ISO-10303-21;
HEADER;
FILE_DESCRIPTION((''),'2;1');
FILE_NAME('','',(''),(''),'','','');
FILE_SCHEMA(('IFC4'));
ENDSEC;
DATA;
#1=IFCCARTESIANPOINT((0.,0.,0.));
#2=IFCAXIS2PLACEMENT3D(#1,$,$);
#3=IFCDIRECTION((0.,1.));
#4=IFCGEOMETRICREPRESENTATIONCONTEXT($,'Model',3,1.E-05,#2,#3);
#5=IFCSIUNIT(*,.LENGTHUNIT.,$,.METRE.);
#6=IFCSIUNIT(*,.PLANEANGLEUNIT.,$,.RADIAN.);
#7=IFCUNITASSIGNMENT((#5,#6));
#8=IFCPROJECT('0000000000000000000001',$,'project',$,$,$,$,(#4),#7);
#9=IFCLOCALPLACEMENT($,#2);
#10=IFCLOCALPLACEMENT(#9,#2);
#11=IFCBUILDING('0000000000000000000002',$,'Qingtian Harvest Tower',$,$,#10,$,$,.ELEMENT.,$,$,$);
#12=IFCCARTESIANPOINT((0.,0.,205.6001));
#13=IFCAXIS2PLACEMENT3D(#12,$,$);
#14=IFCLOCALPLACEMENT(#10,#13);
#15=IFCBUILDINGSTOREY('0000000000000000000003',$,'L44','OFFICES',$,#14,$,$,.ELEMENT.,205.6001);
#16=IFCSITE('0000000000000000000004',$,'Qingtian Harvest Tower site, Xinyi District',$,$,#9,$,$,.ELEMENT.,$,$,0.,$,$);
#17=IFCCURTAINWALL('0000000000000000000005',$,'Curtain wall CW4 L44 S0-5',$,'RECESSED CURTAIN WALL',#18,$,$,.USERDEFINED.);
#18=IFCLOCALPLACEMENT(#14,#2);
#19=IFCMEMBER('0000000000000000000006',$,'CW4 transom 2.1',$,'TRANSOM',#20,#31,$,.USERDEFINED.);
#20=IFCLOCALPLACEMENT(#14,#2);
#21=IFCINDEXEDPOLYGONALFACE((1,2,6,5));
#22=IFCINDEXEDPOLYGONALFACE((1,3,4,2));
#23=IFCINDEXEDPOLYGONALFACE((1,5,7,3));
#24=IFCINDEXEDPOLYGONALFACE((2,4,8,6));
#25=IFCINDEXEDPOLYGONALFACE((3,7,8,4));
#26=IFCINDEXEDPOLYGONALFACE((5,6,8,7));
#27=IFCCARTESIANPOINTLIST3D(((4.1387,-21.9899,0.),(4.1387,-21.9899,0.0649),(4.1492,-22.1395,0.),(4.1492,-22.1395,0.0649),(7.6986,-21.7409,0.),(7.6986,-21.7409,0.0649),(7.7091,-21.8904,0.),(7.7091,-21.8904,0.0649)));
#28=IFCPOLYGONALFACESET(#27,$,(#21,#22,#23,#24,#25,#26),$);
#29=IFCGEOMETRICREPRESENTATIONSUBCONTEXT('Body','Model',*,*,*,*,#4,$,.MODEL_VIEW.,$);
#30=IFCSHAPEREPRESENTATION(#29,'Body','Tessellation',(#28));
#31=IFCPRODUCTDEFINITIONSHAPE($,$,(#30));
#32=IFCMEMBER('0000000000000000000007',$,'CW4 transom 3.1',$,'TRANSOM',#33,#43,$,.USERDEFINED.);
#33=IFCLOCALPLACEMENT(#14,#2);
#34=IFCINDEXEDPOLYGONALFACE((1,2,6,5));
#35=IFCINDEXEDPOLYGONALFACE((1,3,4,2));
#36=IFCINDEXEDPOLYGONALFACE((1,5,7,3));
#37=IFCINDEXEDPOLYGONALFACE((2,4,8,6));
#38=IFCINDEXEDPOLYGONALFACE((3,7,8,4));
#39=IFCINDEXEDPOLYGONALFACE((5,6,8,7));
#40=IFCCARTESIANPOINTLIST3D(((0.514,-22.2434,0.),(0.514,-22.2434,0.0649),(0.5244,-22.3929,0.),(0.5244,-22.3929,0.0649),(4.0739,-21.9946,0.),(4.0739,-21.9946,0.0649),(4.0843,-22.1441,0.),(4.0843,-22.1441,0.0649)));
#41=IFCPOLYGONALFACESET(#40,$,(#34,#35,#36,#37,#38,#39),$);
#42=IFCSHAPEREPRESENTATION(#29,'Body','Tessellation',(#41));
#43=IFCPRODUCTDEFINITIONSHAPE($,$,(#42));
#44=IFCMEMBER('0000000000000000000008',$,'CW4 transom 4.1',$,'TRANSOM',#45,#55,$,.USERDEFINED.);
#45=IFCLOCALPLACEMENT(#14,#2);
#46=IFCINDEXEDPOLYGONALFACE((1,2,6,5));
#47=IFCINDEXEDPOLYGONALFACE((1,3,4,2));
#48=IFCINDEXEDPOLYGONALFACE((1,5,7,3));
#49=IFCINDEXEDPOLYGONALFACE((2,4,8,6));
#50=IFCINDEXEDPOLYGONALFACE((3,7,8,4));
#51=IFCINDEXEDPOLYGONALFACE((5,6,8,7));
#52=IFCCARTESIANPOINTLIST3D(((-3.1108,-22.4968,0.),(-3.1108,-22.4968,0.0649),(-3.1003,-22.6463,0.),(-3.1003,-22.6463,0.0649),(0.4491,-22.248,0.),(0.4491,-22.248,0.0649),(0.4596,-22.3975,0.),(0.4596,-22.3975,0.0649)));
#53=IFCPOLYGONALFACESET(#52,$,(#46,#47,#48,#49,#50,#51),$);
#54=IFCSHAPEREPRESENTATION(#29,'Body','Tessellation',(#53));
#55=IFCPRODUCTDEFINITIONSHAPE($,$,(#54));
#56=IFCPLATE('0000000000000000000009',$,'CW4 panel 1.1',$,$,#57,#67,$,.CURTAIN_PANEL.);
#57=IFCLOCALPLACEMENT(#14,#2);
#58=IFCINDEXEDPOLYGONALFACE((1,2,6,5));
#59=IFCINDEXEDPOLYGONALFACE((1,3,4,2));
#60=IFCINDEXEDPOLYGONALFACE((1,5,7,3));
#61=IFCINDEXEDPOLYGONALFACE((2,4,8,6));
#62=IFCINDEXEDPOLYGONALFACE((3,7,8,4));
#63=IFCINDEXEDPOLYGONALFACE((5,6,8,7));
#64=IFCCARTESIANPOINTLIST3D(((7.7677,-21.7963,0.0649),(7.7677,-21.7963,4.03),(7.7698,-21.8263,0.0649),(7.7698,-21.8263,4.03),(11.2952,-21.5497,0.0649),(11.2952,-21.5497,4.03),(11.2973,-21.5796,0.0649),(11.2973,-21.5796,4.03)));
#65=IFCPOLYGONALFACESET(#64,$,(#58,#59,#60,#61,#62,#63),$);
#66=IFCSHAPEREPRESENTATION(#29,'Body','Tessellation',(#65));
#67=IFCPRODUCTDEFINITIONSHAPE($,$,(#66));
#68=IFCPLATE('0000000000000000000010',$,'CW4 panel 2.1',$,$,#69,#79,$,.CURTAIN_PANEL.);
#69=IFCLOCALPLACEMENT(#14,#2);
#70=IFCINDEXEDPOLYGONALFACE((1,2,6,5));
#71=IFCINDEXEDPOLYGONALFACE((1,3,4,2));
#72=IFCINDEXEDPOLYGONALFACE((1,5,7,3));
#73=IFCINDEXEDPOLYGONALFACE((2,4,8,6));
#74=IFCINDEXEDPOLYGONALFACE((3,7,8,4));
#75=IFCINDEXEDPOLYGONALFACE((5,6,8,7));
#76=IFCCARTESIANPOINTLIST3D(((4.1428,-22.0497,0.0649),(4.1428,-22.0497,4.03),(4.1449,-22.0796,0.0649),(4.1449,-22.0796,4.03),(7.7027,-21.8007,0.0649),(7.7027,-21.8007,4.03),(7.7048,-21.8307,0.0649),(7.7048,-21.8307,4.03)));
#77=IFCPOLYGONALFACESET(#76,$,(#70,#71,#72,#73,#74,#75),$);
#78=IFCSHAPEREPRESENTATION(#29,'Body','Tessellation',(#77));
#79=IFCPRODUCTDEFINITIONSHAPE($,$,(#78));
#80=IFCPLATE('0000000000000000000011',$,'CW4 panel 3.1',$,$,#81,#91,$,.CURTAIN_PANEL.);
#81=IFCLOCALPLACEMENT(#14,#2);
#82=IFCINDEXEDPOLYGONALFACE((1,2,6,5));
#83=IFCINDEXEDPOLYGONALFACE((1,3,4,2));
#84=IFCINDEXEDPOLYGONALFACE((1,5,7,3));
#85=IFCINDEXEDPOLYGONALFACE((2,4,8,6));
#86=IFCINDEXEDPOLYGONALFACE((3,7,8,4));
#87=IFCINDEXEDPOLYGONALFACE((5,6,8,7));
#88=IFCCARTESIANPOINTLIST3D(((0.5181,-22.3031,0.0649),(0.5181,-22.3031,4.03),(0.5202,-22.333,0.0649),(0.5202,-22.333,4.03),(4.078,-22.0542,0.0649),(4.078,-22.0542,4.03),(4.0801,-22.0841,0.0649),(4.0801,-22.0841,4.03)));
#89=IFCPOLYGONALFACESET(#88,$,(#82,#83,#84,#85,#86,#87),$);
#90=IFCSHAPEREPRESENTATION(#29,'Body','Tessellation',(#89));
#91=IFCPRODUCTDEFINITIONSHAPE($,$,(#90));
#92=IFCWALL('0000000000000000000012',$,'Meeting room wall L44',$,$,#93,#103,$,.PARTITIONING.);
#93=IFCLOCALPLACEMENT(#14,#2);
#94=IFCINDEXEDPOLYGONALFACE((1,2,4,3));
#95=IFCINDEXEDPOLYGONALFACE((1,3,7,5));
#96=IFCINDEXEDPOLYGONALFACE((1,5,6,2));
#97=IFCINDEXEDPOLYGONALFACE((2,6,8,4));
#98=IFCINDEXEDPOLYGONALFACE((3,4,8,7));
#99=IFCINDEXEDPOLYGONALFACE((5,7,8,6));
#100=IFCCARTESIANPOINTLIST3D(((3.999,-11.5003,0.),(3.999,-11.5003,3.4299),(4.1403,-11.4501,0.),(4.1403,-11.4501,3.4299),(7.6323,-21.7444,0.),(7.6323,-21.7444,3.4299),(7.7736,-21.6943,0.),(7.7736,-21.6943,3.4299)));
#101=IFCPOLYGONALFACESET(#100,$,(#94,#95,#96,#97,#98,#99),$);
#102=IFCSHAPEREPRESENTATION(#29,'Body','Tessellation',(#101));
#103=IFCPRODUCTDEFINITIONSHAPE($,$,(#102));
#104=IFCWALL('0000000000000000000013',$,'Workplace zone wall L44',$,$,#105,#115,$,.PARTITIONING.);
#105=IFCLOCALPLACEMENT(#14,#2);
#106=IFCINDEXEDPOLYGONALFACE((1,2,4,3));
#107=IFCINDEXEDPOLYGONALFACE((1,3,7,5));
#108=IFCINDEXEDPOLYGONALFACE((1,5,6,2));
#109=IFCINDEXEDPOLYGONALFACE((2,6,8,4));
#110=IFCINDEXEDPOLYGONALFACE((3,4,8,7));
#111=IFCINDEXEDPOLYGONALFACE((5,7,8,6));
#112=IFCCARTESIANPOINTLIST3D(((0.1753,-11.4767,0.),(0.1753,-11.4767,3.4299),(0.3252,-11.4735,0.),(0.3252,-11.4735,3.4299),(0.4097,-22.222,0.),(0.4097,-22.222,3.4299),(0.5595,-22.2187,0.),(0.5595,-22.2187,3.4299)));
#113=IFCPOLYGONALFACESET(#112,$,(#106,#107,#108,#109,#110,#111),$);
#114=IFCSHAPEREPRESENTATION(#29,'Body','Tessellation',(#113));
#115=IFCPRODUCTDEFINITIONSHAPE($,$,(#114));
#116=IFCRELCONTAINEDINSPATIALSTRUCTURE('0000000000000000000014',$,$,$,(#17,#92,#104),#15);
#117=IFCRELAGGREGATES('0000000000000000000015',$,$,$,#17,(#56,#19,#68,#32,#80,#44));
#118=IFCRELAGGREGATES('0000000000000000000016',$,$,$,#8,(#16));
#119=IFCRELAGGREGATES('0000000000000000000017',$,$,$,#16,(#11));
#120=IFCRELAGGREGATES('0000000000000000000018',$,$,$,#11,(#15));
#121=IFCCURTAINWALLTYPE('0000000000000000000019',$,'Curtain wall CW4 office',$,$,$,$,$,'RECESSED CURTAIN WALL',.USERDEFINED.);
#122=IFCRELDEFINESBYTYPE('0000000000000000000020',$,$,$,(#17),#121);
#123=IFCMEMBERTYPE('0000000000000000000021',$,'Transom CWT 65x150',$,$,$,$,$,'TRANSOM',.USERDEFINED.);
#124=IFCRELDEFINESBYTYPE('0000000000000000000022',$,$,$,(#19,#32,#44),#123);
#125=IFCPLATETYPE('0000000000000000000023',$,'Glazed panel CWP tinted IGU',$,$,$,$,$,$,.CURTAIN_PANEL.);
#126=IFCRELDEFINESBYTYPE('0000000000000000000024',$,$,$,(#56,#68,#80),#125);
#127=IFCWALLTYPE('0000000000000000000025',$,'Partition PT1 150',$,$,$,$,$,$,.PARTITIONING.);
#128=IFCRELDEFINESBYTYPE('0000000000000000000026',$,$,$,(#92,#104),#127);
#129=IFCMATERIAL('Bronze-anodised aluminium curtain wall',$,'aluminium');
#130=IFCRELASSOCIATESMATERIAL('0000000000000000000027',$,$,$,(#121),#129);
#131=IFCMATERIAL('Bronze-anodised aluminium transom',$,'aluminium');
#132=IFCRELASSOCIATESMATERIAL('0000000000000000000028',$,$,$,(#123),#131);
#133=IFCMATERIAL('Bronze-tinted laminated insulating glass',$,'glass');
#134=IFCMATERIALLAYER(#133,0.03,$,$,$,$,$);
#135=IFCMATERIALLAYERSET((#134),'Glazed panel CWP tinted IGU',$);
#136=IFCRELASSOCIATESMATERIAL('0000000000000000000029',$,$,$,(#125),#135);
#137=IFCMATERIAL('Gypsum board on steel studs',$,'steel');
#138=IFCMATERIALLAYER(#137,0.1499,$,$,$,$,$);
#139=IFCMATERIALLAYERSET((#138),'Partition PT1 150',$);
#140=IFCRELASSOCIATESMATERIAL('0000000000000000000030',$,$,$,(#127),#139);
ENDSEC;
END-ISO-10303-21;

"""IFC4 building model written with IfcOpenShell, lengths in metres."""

from ifc_helpers import new_model, si_unit, direction, frame, frame_2d, origin, origin_2d, place, context, subcontext, project, spatial, rectangle, extrude, material, layer, layer_set, material_profile, profile_set, type_object, element, aggregate, save


model = new_model("IFC4")

# Units and contexts
model_context = context("Model", 3, precision=1e-05, world=origin(), true_north=direction((0.0, 1.0)))
body_context = subcontext(model_context, "Body", "Model", "MODEL_VIEW")
ifc_project = project(units=[si_unit("LENGTHUNIT", "METRE"), si_unit("PLANEANGLEUNIT", "RADIAN")], contexts=[model_context])

# Site, building, storey
site_placement = place(None, origin())
site = spatial("IfcSite", under=ifc_project, at=site_placement, Name="Qingtian Harvest Tower site, Xinyi District", CompositionType="ELEMENT", RefElevation=0.0)
building_placement = place(site_placement, origin())
building = spatial("IfcBuilding", under=site, at=building_placement, Name="Qingtian Harvest Tower", CompositionType="ELEMENT")
storey_placement = place(building_placement, frame((0.0, 0.0, 205.6001)))
storey = spatial("IfcBuildingStorey", under=building, at=storey_placement, Name="L44", Description="OFFICES", CompositionType="ELEMENT", Elevation=205.6001)

# Shared definitions
ifc_material_1 = material(Name="Bronze-anodised aluminium curtain wall", Category="aluminium")
curtain_wall_type = type_object("IfcCurtainWallType", Name="Curtain wall CW4 office", ElementType="RECESSED CURTAIN WALL", PredefinedType="USERDEFINED", material=ifc_material_1)

# Curtain wall
curtain_wall_1_placement = place(storey_placement, origin())
curtain_wall_1 = element("IfcCurtainWall", 1, at=curtain_wall_1_placement, inside=storey, type_object=curtain_wall_type, Name="Curtain wall CW4 L44 S0-5", ObjectType="RECESSED CURTAIN WALL", PredefinedType="USERDEFINED")

# Members
ifc_material_2 = material(Name="Bronze-anodised aluminium transom", Category="aluminium")
ifc_material_profile_1 = material_profile(ifc_material_2, rectangle(XDim=0.1499, YDim=0.0649, at=origin_2d()), Name="AL 65x150")
ifc_profile_set_1 = profile_set([ifc_material_profile_1], Name="Bronze-anodised aluminium transom")
member_type_1 = type_object("IfcMemberType", Name="Transom CWT 65x150", ElementType="TRANSOM", PredefinedType="USERDEFINED", material=ifc_profile_set_1)
member_1_placement = place(storey_placement, frame((7.7039, -21.8157, 0.0325), z_axis=(-0.997562, -0.069784, 0.0), x_axis=(0.069784, -0.997562, 0.0)))
member_1 = element("IfcMember", 2, at=member_1_placement, type_object=member_type_1, Name="CW4 transom 2.1", ObjectType="TRANSOM", PredefinedType="USERDEFINED", context=body_context, shape_type="SweptSolid", body=[
    extrude(rectangle(XDim=0.1499, YDim=0.0649, at=origin_2d()), origin(), (0.0, 0.0, 1.0), 3.5686),
])
member_2_placement = place(storey_placement, frame((4.0791, -22.0693, 0.0325), z_axis=(-0.997567, -0.069715, 0.0), x_axis=(0.069715, -0.997567, 0.0)))
member_2 = element("IfcMember", 3, at=member_2_placement, type_object=member_type_1, Name="CW4 transom 3.1", ObjectType="TRANSOM", PredefinedType="USERDEFINED", context=body_context, shape_type="SweptSolid", body=[
    extrude(rectangle(XDim=0.1499, YDim=0.0649, at=origin_2d()), origin(), (0.0, 0.0, 1.0), 3.5686),
])
member_3_placement = place(storey_placement, frame((0.4543, -22.3228, 0.0325), z_axis=(-0.997567, -0.069715, 0.0), x_axis=(0.069715, -0.997567, 0.0)))
member_3 = element("IfcMember", 4, at=member_3_placement, type_object=member_type_1, Name="CW4 transom 4.1", ObjectType="TRANSOM", PredefinedType="USERDEFINED", context=body_context, shape_type="SweptSolid", body=[
    extrude(rectangle(XDim=0.1499, YDim=0.0649, at=origin_2d()), origin(), (0.0, 0.0, 1.0), 3.5686),
])

# Plates
ifc_material_3 = material(Name="Bronze-tinted laminated insulating glass", Category="glass")
ifc_layer_1 = layer(ifc_material_3, 0.03)
ifc_layer_set_1 = layer_set([ifc_layer_1], Name="Glazed panel CWP tinted IGU")
plate_type = type_object("IfcPlateType", Name="Glazed panel CWP tinted IGU", PredefinedType="CURTAIN_PANEL", material=ifc_layer_set_1)
plate_1_placement = place(storey_placement, frame((9.5325, -21.688, 0.0649), z_axis=(0.0, 0.0, 1.0), x_axis=(-0.997564, -0.069756, 0.0)))
plate_1 = element("IfcPlate", 5, at=plate_1_placement, type_object=plate_type, Name="CW4 panel 1.1", PredefinedType="CURTAIN_PANEL", context=body_context, shape_type="SweptSolid", body=[
    extrude(rectangle(XDim=3.5361, YDim=0.03, at=origin_2d()), origin(), (0.0, 0.0, 1.0), 3.9651),
])
plate_2_placement = place(storey_placement, frame((5.9238, -21.9402, 0.0649), z_axis=(0.0, 0.0, 1.0), x_axis=(-0.997564, -0.069756, 0.0)))
plate_2 = element("IfcPlate", 6, at=plate_2_placement, type_object=plate_type, Name="CW4 panel 2.1", PredefinedType="CURTAIN_PANEL", context=body_context, shape_type="SweptSolid", body=[
    extrude(rectangle(XDim=3.5686, YDim=0.03, at=origin_2d()), origin(), (0.0, 0.0, 1.0), 3.9651),
])
plate_3_placement = place(storey_placement, frame((2.2991, -22.1936, 0.0649), z_axis=(0.0, 0.0, 1.0), x_axis=(-0.997564, -0.069756, 0.0)))
plate_3 = element("IfcPlate", 7, at=plate_3_placement, type_object=plate_type, Name="CW4 panel 3.1", PredefinedType="CURTAIN_PANEL", context=body_context, shape_type="SweptSolid", body=[
    extrude(rectangle(XDim=3.5686, YDim=0.03, at=origin_2d()), origin(), (0.0, 0.0, 1.0), 3.9651),
])
aggregate(curtain_wall_1, [plate_1, member_1, plate_2, member_2, plate_3, member_3])

# Walls
ifc_material_4 = material(Name="Gypsum board on steel studs", Category="steel")
ifc_layer_2 = layer(ifc_material_4, 0.1499)
ifc_layer_set_2 = layer_set([ifc_layer_2], Name="Partition PT1 150")
wall_type = type_object("IfcWallType", Name="Partition PT1 150", PredefinedType="PARTITIONING", material=ifc_layer_set_2)
wall_1_placement = place(storey_placement, frame((7.7029, -21.7192, 0.0), z_axis=(0.0, 0.0, 1.0), x_axis=(-0.33427, 0.942478, 0.0)))
element("IfcWall", 8, at=wall_1_placement, inside=storey, type_object=wall_type, Name="Meeting room wall L44", PredefinedType="PARTITIONING", context=body_context, shape_type="SweptSolid", body=[
    extrude(rectangle(XDim=10.8694, YDim=0.1499, at=frame_2d((5.4346, 0.0))), origin(), (0.0, 0.0, 1.0), 3.4299),
])
wall_2_placement = place(storey_placement, frame((0.4846, -22.2205, 0.0), z_axis=(0.0, 0.0, 1.0), x_axis=(-0.021807, 0.999762, 0.0)))
element("IfcWall", 9, at=wall_2_placement, inside=storey, type_object=wall_type, Name="Workplace zone wall L44", PredefinedType="PARTITIONING", context=body_context, shape_type="SweptSolid", body=[
    extrude(rectangle(XDim=10.7478, YDim=0.1499, at=frame_2d((5.374, 0.0))), origin(), (0.0, 0.0, 1.0), 3.4299),
])

save(model, "model.ifc")
